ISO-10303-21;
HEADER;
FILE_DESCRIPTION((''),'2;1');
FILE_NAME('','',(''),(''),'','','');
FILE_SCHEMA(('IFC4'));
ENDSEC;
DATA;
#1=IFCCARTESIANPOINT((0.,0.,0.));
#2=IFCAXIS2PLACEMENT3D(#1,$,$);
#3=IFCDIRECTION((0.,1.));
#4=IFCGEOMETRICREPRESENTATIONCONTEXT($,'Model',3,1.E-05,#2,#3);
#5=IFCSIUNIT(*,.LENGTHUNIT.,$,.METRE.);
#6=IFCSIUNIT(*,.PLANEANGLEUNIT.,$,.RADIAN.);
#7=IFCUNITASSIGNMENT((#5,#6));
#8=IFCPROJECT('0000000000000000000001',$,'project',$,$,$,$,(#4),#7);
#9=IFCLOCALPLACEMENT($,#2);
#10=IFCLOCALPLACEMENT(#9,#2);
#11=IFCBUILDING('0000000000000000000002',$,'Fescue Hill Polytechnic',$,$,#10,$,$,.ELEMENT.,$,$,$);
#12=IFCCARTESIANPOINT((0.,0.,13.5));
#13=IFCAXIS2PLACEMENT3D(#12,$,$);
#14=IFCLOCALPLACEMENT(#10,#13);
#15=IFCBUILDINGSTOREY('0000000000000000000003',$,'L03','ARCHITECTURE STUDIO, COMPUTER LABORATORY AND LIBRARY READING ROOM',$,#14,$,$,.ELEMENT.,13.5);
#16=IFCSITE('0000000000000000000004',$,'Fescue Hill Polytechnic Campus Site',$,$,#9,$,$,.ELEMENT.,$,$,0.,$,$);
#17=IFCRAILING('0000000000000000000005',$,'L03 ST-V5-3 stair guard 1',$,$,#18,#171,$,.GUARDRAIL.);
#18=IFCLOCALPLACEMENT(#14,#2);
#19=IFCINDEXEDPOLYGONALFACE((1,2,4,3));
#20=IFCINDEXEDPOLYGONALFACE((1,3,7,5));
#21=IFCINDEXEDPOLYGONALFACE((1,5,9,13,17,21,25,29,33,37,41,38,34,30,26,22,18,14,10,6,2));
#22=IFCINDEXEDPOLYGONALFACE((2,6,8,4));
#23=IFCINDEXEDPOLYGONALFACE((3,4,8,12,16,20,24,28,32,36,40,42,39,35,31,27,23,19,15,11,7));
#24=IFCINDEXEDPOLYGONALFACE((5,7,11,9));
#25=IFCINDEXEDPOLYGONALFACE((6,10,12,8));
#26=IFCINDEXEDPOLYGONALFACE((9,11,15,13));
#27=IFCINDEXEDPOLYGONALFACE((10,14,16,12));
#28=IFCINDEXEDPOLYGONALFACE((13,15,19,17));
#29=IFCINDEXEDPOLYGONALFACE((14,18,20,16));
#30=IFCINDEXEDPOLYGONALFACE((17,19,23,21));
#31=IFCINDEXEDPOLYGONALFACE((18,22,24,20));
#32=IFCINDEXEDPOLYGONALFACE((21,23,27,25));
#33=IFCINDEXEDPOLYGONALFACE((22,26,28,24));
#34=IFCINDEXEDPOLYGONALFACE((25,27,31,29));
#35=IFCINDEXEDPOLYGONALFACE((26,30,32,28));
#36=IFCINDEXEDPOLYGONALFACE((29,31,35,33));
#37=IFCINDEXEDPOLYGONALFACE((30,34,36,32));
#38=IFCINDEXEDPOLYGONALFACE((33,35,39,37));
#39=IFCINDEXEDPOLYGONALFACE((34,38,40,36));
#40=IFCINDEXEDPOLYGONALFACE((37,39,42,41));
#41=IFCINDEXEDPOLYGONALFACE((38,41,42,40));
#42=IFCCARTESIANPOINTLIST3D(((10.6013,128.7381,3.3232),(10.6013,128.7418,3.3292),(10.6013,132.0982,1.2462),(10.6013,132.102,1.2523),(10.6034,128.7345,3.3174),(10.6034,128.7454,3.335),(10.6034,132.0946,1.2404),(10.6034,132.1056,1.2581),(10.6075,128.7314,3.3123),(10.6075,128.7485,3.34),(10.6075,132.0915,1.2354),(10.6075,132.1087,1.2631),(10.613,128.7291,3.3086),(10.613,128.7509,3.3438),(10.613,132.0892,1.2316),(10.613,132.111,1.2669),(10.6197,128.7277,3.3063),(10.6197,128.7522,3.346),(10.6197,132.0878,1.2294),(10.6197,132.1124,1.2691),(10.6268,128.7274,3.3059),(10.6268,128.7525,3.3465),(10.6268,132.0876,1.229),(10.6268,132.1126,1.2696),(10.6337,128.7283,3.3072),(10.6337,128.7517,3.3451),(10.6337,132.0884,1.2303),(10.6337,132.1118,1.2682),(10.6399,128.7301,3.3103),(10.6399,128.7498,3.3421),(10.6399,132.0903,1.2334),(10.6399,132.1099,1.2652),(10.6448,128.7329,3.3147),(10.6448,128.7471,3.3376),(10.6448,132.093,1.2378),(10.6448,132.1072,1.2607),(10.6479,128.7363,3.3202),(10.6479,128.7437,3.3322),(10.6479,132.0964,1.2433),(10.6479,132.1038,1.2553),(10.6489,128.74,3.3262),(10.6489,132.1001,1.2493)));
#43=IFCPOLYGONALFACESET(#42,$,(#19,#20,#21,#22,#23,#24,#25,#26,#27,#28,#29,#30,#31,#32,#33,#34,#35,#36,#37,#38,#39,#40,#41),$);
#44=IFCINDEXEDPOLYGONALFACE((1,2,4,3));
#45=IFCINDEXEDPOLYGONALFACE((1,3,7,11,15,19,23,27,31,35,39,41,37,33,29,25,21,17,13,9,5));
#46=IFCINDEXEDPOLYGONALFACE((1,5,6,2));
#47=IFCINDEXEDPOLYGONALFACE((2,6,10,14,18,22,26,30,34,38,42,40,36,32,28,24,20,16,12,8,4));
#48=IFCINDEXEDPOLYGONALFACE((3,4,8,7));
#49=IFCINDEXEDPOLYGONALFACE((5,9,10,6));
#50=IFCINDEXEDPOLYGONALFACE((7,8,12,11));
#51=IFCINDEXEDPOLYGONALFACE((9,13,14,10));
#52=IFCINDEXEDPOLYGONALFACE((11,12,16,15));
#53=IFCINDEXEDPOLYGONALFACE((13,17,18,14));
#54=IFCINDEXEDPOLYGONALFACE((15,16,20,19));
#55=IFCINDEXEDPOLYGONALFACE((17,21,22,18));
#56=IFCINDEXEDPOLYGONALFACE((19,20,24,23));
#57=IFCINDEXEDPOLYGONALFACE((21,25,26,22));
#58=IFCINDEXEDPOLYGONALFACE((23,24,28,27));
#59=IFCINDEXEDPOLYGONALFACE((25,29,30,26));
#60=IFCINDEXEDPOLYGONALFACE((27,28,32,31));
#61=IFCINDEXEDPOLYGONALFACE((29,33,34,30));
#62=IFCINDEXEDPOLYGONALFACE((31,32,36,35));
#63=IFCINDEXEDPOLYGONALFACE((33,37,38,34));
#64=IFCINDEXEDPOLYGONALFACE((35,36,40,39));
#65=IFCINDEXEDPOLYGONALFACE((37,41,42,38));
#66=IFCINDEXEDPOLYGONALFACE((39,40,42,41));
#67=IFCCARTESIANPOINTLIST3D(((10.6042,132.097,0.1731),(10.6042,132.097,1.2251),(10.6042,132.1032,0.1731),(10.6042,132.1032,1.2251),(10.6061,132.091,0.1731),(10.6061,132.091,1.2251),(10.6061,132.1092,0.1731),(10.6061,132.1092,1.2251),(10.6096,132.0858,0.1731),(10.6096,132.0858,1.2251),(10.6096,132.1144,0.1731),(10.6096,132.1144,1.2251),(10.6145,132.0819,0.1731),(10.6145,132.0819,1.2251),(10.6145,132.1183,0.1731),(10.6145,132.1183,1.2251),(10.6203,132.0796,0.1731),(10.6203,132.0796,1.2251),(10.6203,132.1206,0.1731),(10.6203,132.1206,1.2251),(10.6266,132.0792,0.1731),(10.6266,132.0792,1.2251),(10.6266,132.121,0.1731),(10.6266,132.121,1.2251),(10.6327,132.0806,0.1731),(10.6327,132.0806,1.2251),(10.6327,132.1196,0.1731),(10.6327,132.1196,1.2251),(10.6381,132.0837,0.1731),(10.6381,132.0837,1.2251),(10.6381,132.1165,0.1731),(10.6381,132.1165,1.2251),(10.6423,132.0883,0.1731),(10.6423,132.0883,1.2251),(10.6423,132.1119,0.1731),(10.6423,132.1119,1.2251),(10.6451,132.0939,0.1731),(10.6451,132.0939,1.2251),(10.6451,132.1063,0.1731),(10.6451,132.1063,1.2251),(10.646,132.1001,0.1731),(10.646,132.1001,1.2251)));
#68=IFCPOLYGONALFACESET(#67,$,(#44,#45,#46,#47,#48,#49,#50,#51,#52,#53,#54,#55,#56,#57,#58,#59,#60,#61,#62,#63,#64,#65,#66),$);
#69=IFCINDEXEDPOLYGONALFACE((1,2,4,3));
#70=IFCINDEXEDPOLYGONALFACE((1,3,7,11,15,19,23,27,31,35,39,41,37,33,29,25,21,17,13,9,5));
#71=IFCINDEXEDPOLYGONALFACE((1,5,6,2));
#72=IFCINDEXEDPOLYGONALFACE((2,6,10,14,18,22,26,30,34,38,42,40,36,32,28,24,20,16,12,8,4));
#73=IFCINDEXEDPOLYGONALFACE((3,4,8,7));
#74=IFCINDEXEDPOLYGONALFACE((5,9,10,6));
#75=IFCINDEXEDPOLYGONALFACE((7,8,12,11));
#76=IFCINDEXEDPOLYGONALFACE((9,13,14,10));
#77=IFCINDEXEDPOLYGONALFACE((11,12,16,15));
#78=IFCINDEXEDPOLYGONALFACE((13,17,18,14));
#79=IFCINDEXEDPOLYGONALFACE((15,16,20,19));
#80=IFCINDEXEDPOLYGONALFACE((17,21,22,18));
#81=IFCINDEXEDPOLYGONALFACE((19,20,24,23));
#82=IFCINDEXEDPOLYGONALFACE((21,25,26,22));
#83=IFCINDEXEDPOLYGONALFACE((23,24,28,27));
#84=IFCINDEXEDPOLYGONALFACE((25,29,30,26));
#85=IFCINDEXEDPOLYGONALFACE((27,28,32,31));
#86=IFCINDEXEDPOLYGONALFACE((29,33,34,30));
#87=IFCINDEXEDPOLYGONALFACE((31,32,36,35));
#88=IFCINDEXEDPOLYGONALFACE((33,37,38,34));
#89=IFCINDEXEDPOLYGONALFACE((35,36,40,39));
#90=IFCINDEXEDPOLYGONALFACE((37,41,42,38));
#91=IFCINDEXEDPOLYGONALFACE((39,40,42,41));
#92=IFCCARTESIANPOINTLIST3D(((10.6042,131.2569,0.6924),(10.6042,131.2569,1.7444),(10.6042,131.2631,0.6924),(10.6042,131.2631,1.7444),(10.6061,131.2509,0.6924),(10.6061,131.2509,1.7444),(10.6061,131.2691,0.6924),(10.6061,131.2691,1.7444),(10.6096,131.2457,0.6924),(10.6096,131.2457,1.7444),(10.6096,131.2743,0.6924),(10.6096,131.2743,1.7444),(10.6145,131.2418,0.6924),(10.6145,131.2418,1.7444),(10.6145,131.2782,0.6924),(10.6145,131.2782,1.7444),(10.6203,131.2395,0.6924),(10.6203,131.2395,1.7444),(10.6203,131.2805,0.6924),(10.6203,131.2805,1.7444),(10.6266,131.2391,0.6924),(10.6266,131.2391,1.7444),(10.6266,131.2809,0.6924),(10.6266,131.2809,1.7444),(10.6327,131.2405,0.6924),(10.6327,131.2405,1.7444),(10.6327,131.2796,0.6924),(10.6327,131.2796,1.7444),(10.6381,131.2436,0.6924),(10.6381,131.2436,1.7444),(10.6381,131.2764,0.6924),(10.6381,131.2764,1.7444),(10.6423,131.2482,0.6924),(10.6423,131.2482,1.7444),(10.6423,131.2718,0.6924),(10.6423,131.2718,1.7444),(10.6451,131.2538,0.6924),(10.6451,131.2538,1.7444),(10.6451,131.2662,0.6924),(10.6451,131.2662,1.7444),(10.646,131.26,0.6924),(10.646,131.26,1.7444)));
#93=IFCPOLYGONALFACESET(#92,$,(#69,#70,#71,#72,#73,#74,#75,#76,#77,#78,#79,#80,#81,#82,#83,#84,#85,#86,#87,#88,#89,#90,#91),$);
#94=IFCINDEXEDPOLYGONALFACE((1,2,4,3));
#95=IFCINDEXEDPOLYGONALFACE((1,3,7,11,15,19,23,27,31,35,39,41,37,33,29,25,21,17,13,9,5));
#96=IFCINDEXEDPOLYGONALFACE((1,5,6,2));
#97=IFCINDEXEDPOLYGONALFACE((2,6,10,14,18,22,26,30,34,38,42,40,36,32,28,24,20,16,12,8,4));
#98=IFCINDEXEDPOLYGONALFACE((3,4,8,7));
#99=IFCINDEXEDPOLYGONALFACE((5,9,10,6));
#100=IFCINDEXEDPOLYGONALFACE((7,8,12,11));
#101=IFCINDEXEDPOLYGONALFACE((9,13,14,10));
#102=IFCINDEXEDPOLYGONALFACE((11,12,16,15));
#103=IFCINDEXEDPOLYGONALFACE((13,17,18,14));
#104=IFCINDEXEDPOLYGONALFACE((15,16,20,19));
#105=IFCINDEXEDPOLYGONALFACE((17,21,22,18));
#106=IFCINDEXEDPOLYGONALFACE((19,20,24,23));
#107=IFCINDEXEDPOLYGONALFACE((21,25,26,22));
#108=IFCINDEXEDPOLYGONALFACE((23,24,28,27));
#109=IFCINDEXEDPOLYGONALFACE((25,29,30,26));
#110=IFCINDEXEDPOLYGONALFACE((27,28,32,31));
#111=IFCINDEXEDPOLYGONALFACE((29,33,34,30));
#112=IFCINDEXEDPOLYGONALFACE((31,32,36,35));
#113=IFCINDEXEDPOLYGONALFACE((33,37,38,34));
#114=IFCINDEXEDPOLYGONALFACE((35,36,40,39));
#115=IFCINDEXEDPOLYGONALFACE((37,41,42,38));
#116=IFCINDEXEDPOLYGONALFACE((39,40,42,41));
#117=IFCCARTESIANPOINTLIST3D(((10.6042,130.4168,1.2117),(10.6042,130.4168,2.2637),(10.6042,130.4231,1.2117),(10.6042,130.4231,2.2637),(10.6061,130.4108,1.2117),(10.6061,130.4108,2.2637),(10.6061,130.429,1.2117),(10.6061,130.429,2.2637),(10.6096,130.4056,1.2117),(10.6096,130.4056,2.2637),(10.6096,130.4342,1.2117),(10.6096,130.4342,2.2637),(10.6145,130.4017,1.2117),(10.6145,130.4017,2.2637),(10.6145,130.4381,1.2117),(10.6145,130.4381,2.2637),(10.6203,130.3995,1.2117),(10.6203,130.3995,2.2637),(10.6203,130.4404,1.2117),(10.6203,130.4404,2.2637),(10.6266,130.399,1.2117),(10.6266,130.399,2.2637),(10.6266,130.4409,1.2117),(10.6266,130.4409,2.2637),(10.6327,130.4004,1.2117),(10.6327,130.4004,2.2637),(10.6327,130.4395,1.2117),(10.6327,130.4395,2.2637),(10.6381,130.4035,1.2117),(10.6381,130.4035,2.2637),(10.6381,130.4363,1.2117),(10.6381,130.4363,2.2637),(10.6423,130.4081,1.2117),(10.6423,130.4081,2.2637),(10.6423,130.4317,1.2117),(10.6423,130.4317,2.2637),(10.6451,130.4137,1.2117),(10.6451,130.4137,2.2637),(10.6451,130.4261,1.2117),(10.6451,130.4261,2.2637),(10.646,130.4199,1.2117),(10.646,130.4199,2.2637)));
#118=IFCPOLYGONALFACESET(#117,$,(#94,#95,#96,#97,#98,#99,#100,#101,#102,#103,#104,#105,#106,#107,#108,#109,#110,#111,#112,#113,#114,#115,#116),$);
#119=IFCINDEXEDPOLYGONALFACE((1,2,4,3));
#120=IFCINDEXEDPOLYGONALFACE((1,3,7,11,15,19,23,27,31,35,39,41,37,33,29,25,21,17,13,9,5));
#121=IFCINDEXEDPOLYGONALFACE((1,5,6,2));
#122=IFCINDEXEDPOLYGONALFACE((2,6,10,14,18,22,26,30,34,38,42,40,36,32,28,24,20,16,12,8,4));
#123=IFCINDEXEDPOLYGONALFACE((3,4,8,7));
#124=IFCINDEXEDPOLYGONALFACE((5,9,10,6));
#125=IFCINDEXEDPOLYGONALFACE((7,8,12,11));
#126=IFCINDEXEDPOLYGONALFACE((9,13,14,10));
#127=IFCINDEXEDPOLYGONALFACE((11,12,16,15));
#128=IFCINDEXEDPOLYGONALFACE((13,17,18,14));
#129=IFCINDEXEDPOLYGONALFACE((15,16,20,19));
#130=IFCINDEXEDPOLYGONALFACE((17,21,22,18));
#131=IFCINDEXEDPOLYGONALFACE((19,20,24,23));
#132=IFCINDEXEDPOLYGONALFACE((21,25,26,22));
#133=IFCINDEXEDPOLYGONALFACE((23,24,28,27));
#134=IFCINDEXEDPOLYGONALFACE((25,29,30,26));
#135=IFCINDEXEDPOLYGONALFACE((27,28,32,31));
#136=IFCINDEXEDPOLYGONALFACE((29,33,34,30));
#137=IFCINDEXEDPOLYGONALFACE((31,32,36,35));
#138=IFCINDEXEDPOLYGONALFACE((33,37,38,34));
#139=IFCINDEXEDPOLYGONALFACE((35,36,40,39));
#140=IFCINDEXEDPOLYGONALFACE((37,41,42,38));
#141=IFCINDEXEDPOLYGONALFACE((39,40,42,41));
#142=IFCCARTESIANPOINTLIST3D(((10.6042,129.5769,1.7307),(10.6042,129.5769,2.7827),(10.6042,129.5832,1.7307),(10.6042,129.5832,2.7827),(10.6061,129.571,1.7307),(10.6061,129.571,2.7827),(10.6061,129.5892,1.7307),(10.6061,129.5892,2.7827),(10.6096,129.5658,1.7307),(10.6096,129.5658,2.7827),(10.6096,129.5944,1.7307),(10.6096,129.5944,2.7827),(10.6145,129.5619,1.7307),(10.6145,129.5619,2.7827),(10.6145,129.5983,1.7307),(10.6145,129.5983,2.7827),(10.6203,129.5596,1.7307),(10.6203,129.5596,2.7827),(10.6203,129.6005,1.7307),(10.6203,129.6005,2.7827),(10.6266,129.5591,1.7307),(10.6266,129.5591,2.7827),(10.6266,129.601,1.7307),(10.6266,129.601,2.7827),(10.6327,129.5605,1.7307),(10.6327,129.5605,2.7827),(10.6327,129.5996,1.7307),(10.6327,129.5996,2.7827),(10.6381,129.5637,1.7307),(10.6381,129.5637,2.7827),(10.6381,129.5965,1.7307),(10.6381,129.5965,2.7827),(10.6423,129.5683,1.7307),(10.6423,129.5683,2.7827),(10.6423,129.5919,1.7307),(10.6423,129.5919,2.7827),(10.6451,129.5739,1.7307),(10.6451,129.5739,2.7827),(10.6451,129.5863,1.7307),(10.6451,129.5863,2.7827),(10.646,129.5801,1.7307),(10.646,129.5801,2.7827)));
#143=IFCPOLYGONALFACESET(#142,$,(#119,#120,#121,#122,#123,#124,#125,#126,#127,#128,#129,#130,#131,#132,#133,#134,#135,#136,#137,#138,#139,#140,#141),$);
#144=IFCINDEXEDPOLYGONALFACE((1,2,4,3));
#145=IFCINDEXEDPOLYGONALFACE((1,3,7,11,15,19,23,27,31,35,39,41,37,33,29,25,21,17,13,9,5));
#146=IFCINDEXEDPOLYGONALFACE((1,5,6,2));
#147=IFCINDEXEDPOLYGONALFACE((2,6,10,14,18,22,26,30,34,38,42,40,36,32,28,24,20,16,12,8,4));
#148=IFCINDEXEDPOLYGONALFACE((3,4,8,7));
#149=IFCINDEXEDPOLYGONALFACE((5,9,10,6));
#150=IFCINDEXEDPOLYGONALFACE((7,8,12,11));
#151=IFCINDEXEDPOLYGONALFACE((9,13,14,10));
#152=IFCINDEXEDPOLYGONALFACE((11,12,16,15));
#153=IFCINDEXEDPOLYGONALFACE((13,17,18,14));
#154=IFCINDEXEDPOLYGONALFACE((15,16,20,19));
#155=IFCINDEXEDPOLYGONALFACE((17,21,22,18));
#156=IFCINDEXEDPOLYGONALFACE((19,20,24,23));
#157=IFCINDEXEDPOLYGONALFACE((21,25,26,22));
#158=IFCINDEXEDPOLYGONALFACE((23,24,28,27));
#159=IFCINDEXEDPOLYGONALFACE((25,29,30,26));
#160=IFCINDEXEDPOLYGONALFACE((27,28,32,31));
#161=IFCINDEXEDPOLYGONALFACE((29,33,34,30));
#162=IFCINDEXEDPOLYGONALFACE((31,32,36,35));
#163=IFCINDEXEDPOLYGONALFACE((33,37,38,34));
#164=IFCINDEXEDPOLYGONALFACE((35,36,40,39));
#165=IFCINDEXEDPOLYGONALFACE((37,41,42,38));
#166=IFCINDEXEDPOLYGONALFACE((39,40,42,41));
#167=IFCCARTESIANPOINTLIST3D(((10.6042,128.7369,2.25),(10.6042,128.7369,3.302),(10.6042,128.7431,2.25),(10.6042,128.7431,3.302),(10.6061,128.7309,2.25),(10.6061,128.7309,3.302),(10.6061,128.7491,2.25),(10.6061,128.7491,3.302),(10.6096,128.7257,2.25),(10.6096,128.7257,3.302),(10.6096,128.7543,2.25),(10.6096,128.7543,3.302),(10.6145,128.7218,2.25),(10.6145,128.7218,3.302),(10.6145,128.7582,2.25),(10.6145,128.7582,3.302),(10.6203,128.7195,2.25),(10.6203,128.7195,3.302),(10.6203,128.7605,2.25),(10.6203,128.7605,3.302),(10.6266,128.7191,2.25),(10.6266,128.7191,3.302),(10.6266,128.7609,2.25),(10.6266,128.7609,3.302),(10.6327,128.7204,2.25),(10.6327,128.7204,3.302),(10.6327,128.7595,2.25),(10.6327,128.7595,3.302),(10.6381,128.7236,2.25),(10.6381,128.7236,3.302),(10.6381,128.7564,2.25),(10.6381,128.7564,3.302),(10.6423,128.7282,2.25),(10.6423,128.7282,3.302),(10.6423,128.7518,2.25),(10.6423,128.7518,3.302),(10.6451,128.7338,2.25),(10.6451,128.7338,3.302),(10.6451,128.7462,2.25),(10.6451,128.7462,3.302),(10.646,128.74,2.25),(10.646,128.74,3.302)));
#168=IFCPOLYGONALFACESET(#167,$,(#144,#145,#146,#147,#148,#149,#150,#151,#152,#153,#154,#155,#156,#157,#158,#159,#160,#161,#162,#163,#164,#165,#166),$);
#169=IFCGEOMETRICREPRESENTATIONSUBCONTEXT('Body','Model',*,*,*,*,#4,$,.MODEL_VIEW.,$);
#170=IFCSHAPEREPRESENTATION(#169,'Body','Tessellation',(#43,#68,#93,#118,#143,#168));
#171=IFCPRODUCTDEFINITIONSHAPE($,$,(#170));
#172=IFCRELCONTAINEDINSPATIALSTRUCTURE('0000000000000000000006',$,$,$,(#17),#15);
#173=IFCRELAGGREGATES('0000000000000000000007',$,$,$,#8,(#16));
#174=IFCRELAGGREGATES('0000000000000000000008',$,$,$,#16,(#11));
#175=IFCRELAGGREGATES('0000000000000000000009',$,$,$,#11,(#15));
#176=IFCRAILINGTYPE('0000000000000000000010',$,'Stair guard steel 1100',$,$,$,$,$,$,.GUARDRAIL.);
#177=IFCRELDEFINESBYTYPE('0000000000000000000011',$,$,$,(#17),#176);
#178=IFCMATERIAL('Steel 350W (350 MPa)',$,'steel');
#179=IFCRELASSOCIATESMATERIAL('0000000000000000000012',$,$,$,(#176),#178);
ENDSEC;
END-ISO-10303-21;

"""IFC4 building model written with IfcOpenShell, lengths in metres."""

from ifc_helpers import new_model, si_unit, direction, frame, origin, origin_2d, place, context, subcontext, project, spatial, circle, extrude, material, type_object, element, save


model = new_model("IFC4")

# Units and contexts
model_context = context("Model", 3, precision=1e-05, world=origin(), true_north=direction((0.0, 1.0)))
body_context = subcontext(model_context, "Body", "Model", "MODEL_VIEW")
ifc_project = project(units=[si_unit("LENGTHUNIT", "METRE"), si_unit("PLANEANGLEUNIT", "RADIAN")], contexts=[model_context])

# Site, building, storey
site_placement = place(None, origin())
site = spatial("IfcSite", under=ifc_project, at=site_placement, Name="Fescue Hill Polytechnic Campus Site", CompositionType="ELEMENT", RefElevation=0.0)
building_placement = place(site_placement, origin())
building = spatial("IfcBuilding", under=site, at=building_placement, Name="Fescue Hill Polytechnic", CompositionType="ELEMENT")
storey_placement = place(building_placement, frame((0.0, 0.0, 13.5)))
storey = spatial("IfcBuildingStorey", under=building, at=storey_placement, Name="L03", Description="ARCHITECTURE STUDIO, COMPUTER LABORATORY AND LIBRARY READING ROOM", CompositionType="ELEMENT", Elevation=13.5)

# Railing
ifc_material_1 = material(Name="Steel 350W (350 MPa)", Category="steel")
railing_type_1 = type_object("IfcRailingType", Name="Stair guard steel 1100", PredefinedType="GUARDRAIL", material=ifc_material_1)
railing_1_placement = place(storey_placement, frame((10.625, 132.1001, 0.1731)))
element("IfcRailing", 1, at=railing_1_placement, inside=storey, type_object=railing_type_1, Name="L03 ST-V5-3 stair guard 1", PredefinedType="GUARDRAIL", context=body_context, shape_type="SweptSolid", body=[
    extrude(circle(Radius=0.0239, at=origin_2d()), frame((0.0, 0.0, 1.0762), z_axis=(0.0, -0.850623, 0.525776), x_axis=(1.0, 0.0, 0.0)), (0.0, 0.0, 1.0), 3.9502),
    extrude(circle(Radius=0.021, at=origin_2d()), origin(), (0.0, 0.0, 1.0), 1.052),
    extrude(circle(Radius=0.021, at=origin_2d()), frame((0.0, -0.8401, 0.5193)), (0.0, 0.0, 1.0), 1.052),
    extrude(circle(Radius=0.021, at=origin_2d()), frame((0.0, -1.6802, 1.0386)), (0.0, 0.0, 1.0), 1.052),
    extrude(circle(Radius=0.021, at=origin_2d()), frame((0.0, -2.52, 1.5576)), (0.0, 0.0, 1.0), 1.052),
    extrude(circle(Radius=0.021, at=origin_2d()), frame((0.0, -3.3601, 2.0769)), (0.0, 0.0, 1.0), 1.052),
])

save(model, "model.ifc")
